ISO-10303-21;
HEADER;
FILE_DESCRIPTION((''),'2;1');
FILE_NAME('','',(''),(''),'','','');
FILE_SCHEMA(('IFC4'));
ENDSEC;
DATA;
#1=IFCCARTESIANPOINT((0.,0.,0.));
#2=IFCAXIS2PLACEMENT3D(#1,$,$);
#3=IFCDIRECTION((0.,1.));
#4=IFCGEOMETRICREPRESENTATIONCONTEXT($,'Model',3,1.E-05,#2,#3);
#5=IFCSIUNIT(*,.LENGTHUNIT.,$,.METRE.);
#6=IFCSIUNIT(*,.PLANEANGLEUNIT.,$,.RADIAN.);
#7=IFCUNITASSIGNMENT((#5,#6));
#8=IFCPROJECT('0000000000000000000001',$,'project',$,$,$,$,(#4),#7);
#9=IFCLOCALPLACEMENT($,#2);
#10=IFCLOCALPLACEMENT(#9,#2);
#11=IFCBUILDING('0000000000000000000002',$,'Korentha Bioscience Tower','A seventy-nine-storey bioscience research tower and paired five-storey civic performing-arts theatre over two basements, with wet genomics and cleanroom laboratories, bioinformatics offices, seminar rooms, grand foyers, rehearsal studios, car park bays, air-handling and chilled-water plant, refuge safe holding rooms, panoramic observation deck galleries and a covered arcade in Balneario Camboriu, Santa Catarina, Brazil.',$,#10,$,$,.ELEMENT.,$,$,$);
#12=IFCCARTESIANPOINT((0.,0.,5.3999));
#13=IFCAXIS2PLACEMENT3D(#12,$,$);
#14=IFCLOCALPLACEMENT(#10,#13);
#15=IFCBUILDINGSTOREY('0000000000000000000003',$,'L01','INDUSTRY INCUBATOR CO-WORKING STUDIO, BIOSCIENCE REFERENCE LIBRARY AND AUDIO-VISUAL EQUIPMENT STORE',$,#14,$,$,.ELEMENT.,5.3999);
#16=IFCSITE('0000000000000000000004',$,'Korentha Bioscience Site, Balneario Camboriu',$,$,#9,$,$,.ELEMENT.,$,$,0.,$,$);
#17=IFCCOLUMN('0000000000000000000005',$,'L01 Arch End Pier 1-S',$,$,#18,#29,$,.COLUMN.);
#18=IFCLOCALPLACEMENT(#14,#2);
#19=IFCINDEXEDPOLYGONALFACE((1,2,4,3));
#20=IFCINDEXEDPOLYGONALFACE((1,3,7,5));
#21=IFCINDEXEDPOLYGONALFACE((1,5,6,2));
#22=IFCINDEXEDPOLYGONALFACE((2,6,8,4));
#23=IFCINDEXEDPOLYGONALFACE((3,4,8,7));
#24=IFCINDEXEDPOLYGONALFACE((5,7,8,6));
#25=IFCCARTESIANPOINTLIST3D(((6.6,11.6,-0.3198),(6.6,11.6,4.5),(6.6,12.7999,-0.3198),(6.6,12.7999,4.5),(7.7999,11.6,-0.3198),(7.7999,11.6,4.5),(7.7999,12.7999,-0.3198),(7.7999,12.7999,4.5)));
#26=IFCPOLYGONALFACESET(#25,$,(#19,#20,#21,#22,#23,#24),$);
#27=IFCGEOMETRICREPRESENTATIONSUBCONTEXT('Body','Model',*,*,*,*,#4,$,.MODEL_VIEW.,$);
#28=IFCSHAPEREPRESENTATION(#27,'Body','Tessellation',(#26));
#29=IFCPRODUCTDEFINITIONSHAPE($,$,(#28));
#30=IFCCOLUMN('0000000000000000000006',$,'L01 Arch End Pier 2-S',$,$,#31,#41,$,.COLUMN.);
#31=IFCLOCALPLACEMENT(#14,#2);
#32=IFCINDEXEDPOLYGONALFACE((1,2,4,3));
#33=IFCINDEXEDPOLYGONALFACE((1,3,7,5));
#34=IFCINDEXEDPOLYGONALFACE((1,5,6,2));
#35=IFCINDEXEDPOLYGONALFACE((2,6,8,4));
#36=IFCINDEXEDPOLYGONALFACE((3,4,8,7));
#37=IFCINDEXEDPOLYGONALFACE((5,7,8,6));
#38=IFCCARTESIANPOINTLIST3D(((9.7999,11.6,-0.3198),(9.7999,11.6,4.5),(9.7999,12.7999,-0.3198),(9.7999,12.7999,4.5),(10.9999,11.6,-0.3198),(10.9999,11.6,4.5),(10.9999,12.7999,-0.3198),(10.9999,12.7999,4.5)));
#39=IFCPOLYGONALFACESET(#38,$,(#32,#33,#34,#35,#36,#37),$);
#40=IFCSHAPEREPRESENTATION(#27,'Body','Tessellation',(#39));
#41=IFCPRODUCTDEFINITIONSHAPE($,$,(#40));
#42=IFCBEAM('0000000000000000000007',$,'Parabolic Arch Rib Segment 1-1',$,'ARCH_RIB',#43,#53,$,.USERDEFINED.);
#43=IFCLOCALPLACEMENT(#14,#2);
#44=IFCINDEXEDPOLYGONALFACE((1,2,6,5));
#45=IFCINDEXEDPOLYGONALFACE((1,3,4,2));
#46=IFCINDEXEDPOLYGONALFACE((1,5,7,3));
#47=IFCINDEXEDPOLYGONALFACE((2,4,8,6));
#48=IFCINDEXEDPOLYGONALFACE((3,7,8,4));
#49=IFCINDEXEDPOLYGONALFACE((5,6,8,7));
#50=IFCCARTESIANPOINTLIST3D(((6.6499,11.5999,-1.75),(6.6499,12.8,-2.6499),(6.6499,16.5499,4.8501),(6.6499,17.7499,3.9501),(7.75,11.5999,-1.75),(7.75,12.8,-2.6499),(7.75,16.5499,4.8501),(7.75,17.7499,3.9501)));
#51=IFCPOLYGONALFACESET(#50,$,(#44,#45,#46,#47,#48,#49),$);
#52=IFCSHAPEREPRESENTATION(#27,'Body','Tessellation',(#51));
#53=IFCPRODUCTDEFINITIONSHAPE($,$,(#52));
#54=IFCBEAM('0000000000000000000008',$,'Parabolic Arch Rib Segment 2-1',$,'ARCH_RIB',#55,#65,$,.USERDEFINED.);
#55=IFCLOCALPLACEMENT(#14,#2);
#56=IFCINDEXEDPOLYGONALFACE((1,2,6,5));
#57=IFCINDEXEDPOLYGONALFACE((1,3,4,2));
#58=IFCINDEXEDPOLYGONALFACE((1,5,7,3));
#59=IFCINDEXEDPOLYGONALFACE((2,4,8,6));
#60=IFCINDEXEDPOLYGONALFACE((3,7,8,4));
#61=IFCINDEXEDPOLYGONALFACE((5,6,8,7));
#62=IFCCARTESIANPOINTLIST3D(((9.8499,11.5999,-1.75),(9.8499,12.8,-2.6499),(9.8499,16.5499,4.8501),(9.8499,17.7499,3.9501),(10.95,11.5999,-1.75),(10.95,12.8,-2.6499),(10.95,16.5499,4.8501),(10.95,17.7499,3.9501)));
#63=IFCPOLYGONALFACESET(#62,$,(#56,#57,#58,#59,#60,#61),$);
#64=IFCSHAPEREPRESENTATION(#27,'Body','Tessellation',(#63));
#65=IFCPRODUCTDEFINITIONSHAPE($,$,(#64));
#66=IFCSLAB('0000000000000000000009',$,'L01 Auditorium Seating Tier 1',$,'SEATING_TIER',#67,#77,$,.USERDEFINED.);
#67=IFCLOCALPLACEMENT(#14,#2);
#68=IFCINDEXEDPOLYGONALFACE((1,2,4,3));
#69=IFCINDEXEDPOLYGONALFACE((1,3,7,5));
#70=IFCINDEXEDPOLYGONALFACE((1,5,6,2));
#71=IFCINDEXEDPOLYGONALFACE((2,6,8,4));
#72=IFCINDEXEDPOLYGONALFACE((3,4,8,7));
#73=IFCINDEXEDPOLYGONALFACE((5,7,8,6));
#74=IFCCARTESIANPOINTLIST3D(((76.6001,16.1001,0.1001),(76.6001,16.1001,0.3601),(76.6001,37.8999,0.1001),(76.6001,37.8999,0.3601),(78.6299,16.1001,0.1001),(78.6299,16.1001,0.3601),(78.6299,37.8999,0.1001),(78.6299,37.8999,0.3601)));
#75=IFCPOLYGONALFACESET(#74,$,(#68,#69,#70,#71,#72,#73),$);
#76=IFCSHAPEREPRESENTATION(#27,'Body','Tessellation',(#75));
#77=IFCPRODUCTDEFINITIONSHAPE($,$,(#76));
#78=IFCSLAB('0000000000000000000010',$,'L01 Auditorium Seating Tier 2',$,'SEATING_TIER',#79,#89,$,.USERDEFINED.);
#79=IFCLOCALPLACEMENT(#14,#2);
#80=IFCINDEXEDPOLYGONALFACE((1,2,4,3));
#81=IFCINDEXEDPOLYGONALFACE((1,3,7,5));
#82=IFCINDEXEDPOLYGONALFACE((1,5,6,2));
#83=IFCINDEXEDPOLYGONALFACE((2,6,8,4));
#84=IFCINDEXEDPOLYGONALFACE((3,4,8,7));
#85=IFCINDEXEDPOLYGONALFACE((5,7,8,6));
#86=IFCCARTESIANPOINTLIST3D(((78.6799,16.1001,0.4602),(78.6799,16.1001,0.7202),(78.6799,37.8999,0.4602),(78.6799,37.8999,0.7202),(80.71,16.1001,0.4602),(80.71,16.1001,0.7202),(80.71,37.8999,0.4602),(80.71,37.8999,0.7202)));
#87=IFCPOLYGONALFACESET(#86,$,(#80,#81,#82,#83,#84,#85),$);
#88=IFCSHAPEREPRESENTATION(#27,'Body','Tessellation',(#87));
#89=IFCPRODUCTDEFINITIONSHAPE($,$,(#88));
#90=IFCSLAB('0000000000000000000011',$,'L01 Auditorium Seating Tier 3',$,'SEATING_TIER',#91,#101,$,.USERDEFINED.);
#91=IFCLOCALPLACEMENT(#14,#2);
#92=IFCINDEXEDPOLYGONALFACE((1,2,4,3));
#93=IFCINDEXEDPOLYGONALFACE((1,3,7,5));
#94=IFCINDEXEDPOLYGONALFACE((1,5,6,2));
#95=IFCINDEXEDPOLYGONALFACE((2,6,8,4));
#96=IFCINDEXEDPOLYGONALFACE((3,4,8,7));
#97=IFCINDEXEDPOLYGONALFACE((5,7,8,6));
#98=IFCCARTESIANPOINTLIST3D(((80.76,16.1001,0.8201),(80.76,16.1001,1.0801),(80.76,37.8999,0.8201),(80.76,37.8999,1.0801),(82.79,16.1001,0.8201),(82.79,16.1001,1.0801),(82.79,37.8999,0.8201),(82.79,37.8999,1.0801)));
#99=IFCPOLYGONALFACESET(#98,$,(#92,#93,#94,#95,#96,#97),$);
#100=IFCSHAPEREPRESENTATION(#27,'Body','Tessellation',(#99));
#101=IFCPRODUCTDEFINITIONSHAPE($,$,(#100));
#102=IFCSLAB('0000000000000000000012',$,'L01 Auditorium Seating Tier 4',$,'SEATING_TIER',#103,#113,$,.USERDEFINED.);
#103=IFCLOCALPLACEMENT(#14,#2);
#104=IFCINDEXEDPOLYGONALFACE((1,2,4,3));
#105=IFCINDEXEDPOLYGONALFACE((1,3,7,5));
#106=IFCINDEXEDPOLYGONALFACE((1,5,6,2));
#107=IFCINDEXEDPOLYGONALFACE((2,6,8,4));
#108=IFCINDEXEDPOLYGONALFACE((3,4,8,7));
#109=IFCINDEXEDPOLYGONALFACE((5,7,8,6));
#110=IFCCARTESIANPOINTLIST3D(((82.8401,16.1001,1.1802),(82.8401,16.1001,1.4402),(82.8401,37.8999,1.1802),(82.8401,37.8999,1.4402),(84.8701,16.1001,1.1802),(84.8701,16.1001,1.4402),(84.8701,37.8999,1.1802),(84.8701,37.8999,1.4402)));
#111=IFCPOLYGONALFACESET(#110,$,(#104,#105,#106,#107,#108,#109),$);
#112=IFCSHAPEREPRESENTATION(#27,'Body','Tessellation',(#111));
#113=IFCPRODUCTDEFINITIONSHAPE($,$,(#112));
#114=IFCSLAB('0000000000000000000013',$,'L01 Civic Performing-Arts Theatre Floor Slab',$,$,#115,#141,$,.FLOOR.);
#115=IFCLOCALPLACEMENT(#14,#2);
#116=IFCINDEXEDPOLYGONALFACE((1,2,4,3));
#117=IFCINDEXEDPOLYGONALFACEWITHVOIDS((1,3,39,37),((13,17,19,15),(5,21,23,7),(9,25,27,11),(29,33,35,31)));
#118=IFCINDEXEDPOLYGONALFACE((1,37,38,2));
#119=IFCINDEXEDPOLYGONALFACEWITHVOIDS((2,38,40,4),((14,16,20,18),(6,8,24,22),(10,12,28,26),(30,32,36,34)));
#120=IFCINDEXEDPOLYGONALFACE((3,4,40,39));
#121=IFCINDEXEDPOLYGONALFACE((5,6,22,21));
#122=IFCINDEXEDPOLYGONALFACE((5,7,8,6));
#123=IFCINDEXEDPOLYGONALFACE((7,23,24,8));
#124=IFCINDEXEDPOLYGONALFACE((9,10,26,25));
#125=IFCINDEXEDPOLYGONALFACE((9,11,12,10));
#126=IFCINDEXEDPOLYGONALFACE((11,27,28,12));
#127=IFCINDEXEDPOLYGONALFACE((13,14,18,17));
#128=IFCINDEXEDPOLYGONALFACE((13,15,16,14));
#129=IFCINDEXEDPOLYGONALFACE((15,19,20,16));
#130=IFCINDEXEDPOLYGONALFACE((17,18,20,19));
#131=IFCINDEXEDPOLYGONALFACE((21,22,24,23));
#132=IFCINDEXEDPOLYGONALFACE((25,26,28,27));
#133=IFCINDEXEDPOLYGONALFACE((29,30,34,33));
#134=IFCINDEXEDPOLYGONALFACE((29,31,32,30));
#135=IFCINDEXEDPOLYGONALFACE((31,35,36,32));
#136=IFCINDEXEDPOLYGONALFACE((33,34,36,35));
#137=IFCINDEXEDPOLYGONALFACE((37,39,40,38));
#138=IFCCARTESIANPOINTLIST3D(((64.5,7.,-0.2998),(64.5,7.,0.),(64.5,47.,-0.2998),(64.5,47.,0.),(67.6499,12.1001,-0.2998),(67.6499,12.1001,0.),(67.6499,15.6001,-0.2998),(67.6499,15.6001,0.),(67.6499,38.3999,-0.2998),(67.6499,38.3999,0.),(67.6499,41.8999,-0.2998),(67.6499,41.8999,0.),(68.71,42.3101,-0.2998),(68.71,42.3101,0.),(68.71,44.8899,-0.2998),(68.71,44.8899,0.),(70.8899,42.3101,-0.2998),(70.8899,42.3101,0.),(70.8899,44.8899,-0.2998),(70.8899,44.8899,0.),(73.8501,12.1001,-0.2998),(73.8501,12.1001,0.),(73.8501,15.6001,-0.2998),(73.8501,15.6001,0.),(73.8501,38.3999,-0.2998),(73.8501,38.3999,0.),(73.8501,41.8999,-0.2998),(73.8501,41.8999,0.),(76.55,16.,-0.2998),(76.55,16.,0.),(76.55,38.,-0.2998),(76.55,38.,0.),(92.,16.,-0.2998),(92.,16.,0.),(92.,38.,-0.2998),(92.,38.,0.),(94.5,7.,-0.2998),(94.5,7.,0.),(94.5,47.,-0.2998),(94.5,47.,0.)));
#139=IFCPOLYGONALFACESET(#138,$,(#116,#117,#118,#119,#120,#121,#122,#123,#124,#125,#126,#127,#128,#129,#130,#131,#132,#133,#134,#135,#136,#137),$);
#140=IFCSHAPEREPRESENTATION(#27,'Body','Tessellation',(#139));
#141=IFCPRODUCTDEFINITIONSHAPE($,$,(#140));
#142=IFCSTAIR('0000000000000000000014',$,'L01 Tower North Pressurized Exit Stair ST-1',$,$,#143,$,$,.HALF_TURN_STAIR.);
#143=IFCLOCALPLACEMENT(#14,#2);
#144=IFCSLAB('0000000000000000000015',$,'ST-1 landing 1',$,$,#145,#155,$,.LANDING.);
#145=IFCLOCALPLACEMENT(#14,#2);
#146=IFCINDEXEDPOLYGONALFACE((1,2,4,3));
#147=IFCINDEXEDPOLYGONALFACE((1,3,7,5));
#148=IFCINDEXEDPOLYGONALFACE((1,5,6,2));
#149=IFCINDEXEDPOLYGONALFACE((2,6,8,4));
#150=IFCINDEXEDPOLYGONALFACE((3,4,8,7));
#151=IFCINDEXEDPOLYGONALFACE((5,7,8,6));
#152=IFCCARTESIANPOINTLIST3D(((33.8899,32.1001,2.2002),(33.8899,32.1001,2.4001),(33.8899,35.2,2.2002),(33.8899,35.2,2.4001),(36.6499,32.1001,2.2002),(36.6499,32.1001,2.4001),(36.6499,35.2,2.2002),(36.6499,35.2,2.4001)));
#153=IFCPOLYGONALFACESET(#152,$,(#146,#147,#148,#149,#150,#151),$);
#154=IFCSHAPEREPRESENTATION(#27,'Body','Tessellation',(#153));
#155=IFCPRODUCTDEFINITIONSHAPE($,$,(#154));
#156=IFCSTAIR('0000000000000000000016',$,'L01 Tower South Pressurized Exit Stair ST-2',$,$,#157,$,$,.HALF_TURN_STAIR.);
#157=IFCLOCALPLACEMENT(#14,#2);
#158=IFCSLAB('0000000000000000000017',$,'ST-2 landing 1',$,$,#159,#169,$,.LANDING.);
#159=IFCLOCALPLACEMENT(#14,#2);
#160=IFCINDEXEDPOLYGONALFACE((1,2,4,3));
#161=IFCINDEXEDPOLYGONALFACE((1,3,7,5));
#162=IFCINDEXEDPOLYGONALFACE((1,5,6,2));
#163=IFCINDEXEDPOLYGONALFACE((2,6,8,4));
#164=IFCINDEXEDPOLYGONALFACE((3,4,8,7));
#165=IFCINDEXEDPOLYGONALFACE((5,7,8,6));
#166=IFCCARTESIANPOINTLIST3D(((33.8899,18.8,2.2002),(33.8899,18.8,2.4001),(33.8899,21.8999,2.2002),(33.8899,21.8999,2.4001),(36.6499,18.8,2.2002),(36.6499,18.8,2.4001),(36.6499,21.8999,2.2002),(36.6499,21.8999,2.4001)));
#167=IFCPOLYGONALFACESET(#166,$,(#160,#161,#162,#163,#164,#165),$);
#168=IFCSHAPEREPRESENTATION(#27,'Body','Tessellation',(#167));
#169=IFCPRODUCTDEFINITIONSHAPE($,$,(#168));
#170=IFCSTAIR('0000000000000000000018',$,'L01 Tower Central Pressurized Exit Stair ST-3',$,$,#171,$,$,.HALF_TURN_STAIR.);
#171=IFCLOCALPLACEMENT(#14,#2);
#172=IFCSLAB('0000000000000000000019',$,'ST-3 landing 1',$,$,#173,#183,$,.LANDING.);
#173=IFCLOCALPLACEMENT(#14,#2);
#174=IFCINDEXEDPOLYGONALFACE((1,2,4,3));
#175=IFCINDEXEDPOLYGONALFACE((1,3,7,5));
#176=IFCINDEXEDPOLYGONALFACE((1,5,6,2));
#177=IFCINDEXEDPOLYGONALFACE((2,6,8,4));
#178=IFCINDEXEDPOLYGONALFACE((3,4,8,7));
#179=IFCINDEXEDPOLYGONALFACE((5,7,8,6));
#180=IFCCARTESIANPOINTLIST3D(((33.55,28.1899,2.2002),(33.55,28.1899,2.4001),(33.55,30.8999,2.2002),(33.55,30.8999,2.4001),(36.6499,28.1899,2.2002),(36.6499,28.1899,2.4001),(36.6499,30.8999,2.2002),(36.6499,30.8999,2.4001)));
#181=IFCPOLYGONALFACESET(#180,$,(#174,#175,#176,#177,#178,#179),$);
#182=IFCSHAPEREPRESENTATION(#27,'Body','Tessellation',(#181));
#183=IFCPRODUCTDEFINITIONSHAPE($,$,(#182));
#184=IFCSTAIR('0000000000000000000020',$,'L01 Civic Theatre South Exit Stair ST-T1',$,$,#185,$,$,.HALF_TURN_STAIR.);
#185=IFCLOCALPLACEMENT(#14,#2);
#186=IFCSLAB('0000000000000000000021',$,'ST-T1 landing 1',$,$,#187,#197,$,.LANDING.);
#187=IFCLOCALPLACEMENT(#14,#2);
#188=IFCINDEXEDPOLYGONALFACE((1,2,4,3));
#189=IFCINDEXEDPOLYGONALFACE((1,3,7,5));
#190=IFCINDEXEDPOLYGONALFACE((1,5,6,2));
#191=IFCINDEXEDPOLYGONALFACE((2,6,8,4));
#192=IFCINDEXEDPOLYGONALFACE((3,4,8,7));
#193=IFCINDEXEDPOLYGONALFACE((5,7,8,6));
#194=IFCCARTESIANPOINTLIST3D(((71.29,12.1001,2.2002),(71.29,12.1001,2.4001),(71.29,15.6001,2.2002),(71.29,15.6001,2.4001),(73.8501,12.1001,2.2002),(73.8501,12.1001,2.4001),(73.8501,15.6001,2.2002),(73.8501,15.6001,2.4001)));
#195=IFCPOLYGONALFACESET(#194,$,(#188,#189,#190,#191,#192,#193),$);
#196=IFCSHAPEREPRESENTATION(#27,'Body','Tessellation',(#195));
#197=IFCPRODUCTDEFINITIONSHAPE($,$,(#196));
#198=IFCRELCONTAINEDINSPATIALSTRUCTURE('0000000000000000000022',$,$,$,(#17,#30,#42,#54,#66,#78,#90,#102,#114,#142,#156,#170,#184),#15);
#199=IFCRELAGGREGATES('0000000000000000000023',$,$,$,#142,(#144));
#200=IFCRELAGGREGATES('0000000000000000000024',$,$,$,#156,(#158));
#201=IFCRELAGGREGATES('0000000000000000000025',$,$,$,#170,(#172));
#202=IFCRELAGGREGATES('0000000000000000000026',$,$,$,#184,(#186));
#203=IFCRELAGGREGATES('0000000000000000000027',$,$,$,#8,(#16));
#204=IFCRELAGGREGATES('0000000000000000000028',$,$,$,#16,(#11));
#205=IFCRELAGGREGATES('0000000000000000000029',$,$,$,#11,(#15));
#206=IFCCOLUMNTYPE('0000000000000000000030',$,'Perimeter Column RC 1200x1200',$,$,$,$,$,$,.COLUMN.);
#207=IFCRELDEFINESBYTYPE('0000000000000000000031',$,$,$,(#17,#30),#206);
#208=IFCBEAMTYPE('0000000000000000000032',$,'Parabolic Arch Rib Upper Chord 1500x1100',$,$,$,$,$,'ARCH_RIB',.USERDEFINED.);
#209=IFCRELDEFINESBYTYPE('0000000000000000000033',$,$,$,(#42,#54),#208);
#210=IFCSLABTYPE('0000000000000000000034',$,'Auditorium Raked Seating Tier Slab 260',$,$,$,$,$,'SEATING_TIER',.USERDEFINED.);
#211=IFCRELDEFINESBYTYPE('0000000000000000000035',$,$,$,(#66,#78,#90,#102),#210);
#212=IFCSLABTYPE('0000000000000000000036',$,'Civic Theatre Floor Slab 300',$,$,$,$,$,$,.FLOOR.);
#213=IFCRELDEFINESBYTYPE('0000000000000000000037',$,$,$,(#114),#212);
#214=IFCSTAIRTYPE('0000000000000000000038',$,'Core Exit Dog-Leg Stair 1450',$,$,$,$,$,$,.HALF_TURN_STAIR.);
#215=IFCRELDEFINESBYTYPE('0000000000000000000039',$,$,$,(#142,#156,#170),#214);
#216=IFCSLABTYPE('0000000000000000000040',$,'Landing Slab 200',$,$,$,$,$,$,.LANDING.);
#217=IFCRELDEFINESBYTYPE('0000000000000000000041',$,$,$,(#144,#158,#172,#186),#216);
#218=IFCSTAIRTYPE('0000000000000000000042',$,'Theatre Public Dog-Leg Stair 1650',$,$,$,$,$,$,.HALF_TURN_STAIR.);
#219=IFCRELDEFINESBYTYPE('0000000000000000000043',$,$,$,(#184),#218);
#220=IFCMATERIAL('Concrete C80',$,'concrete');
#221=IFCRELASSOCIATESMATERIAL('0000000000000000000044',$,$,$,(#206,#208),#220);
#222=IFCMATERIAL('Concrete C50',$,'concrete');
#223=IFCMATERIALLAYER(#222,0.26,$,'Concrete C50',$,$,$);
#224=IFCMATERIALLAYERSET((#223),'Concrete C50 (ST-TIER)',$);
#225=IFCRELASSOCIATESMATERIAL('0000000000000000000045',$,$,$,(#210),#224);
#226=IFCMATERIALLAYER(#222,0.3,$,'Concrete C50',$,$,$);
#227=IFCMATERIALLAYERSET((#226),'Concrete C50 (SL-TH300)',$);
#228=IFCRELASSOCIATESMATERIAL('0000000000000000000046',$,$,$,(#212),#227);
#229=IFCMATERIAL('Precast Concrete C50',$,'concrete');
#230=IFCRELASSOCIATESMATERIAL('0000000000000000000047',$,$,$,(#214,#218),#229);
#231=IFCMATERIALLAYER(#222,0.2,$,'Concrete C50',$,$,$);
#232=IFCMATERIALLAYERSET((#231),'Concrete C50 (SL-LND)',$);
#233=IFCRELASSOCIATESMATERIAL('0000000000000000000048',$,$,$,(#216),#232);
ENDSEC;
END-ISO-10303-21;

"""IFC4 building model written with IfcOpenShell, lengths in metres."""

from ifc_helpers import new_model, si_unit, direction, frame, origin, origin_2d, place, context, subcontext, project, spatial, polyline, rectangle, outline, extrude, material, layer, layer_set, material_profile, profile_set, type_object, element, aggregate, save


model = new_model("IFC4")

# Units and contexts
model_context = context("Model", 3, precision=1e-05, world=origin(), true_north=direction((0.0, 1.0)))
body_context = subcontext(model_context, "Body", "Model", "MODEL_VIEW")
ifc_project = project(units=[si_unit("LENGTHUNIT", "METRE"), si_unit("PLANEANGLEUNIT", "RADIAN")], contexts=[model_context])

# Site, building, storey
site_placement = place(None, origin())
site = spatial("IfcSite", under=ifc_project, at=site_placement, Name="Korentha Bioscience Site, Balneario Camboriu", CompositionType="ELEMENT", RefElevation=0.0)
building_placement = place(site_placement, origin())
building = spatial("IfcBuilding", under=site, at=building_placement, Name="Korentha Bioscience Tower", Description="A seventy-nine-storey bioscience research tower and paired five-storey civic performing-arts theatre over two basements, with wet genomics and cleanroom laboratories, bioinformatics offices, seminar rooms, grand foyers, rehearsal studios, car park bays, air-handling and chilled-water plant, refuge safe holding rooms, panoramic observation deck galleries and a covered arcade in Balneario Camboriu, Santa Catarina, Brazil.", CompositionType="ELEMENT")
storey_placement = place(building_placement, frame((0.0, 0.0, 5.3999)))
storey = spatial("IfcBuildingStorey", under=building, at=storey_placement, Name="L01", Description="INDUSTRY INCUBATOR CO-WORKING STUDIO, BIOSCIENCE REFERENCE LIBRARY AND AUDIO-VISUAL EQUIPMENT STORE", CompositionType="ELEMENT", Elevation=5.3999)

# Columns
ifc_material_1 = material(Name="Concrete C80", Category="concrete")
ifc_material_profile_1 = material_profile(ifc_material_1, rectangle(XDim=1.2, YDim=1.2, at=origin_2d()), Name="Concrete C80")
ifc_profile_set_1 = profile_set([ifc_material_profile_1], Name="Concrete C80 (COL-P12)")
column_type = type_object("IfcColumnType", Name="Perimeter Column RC 1200x1200", PredefinedType="COLUMN", material=ifc_profile_set_1)
for number, where, z_axis, x_axis, name in (
    (1, (7.2, 12.2, -0.3198), (0.0, 0.0, 1.0), (1.0, 0.0, 0.0), "L01 Arch End Pier 1-S"),
    (2, (10.3999, 12.2, -0.3198), (0.0, 0.0, 1.0), (1.0, 0.0, 0.0), "L01 Arch End Pier 2-S"),
):
    element("IfcColumn", number, at=place(storey_placement, frame(where, z_axis=z_axis, x_axis=x_axis)), inside=storey, type_object=column_type, Name=name, PredefinedType="COLUMN", context=body_context, shape_type="SweptSolid", body=[
        extrude(rectangle(XDim=1.2, YDim=1.2, at=origin_2d()), origin(), (0.0, 0.0, 1.0), 4.8198),
    ])

# Beams
ifc_material_profile_2 = material_profile(ifc_material_1, rectangle(XDim=1.1001, YDim=1.5, at=origin_2d()), Name="Concrete C80")
ifc_profile_set_2 = profile_set([ifc_material_profile_2], Name="Concrete C80 (AR-B1)")
beam_type = type_object("IfcBeamType", Name="Parabolic Arch Rib Upper Chord 1500x1100", ElementType="ARCH_RIB", PredefinedType="USERDEFINED", material=ifc_profile_set_2)
for number, where, z_axis, x_axis, name in (
    (3, (7.2, 12.2, -2.2), (0.0, 0.599991, 0.800007), (-1.0, 0.0, 0.0), "Parabolic Arch Rib Segment 1-1"),
    (4, (10.3999, 12.2, -2.2), (0.0, 0.599991, 0.800007), (-1.0, 0.0, 0.0), "Parabolic Arch Rib Segment 2-1"),
):
    element("IfcBeam", number, at=place(storey_placement, frame(where, z_axis=z_axis, x_axis=x_axis)), inside=storey, type_object=beam_type, Name=name, ObjectType="ARCH_RIB", PredefinedType="USERDEFINED", context=body_context, shape_type="SweptSolid", body=[
        extrude(rectangle(XDim=1.1001, YDim=1.5, at=origin_2d()), origin(), (0.0, 0.0, 1.0), 8.25),
    ])

# Slabs
ifc_material_2 = material(Name="Concrete C50", Category="concrete")
ifc_layer_1 = layer(ifc_material_2, 0.26, Name="Concrete C50")
ifc_layer_set_1 = layer_set([ifc_layer_1], Name="Concrete C50 (ST-TIER)")
slab_type_1 = type_object("IfcSlabType", Name="Auditorium Raked Seating Tier Slab 260", ElementType="SEATING_TIER", PredefinedType="USERDEFINED", material=ifc_layer_set_1)
slab_1_placement = place(storey_placement, frame((0.0, 0.0, 0.1001)))
element("IfcSlab", 5, at=slab_1_placement, inside=storey, type_object=slab_type_1, Name="L01 Auditorium Seating Tier 1", ObjectType="SEATING_TIER", PredefinedType="USERDEFINED", context=body_context, shape_type="SweptSolid", body=[
    extrude(outline(polyline([(76.6001, 16.1001), (78.6299, 16.1001), (78.6299, 37.8999), (76.6001, 37.8999), (76.6001, 16.1001)])), origin(), (0.0, 0.0, 1.0), 0.26),
])
slab_2_placement = place(storey_placement, frame((0.0, 0.0, 0.4602)))
element("IfcSlab", 6, at=slab_2_placement, inside=storey, type_object=slab_type_1, Name="L01 Auditorium Seating Tier 2", ObjectType="SEATING_TIER", PredefinedType="USERDEFINED", context=body_context, shape_type="SweptSolid", body=[
    extrude(outline(polyline([(78.6799, 16.1001), (80.71, 16.1001), (80.71, 37.8999), (78.6799, 37.8999), (78.6799, 16.1001)])), origin(), (0.0, 0.0, 1.0), 0.26),
])
slab_3_placement = place(storey_placement, frame((0.0, 0.0, 0.8201)))
element("IfcSlab", 7, at=slab_3_placement, inside=storey, type_object=slab_type_1, Name="L01 Auditorium Seating Tier 3", ObjectType="SEATING_TIER", PredefinedType="USERDEFINED", context=body_context, shape_type="SweptSolid", body=[
    extrude(outline(polyline([(80.76, 16.1001), (82.79, 16.1001), (82.79, 37.8999), (80.76, 37.8999), (80.76, 16.1001)])), origin(), (0.0, 0.0, 1.0), 0.26),
])
slab_4_placement = place(storey_placement, frame((0.0, 0.0, 1.1802)))
element("IfcSlab", 8, at=slab_4_placement, inside=storey, type_object=slab_type_1, Name="L01 Auditorium Seating Tier 4", ObjectType="SEATING_TIER", PredefinedType="USERDEFINED", context=body_context, shape_type="SweptSolid", body=[
    extrude(outline(polyline([(82.8401, 16.1001), (84.8701, 16.1001), (84.8701, 37.8999), (82.8401, 37.8999), (82.8401, 16.1001)])), origin(), (0.0, 0.0, 1.0), 0.26),
])
ifc_layer_2 = layer(ifc_material_2, 0.3, Name="Concrete C50")
ifc_layer_set_2 = layer_set([ifc_layer_2], Name="Concrete C50 (SL-TH300)")
slab_type_2 = type_object("IfcSlabType", Name="Civic Theatre Floor Slab 300", PredefinedType="FLOOR", material=ifc_layer_set_2)
slab_5_placement = place(storey_placement, frame((0.0, 0.0, -0.2998)))
element("IfcSlab", 9, at=slab_5_placement, inside=storey, type_object=slab_type_2, Name="L01 Civic Performing-Arts Theatre Floor Slab", PredefinedType="FLOOR", context=body_context, shape_type="SweptSolid", body=[
    extrude(outline(polyline([(64.5, 7.0), (94.5, 7.0), (94.5, 47.0), (64.5, 47.0), (64.5, 7.0)]), holes=[polyline([(67.6499, 12.1001), (73.8501, 12.1001), (73.8501, 15.6001), (67.6499, 15.6001), (67.6499, 12.1001)]), polyline([(67.6499, 38.3999), (73.8501, 38.3999), (73.8501, 41.8999), (67.6499, 41.8999), (67.6499, 38.3999)]), polyline([(68.71, 42.3101), (70.8899, 42.3101), (70.8899, 44.8899), (68.71, 44.8899), (68.71, 42.3101)]), polyline([(76.55, 16.0), (92.0, 16.0), (92.0, 38.0), (76.55, 38.0), (76.55, 16.0)])]), origin(), (0.0, 0.0, 1.0), 0.2998),
])

# Stairs, slabs
ifc_material_3 = material(Name="Precast Concrete C50", Category="concrete")
stair_type_1 = type_object("IfcStairType", Name="Core Exit Dog-Leg Stair 1450", PredefinedType="HALF_TURN_STAIR", material=ifc_material_3)
stair_1_placement = place(storey_placement, origin())
stair_1 = element("IfcStair", 10, at=stair_1_placement, inside=storey, type_object=stair_type_1, Name="L01 Tower North Pressurized Exit Stair ST-1", PredefinedType="HALF_TURN_STAIR")
ifc_layer_3 = layer(ifc_material_2, 0.2, Name="Concrete C50")
ifc_layer_set_3 = layer_set([ifc_layer_3], Name="Concrete C50 (SL-LND)")
slab_type_3 = type_object("IfcSlabType", Name="Landing Slab 200", PredefinedType="LANDING", material=ifc_layer_set_3)
slab_6_placement = place(storey_placement, frame((0.0, 0.0, 2.2002)))
slab_6 = element("IfcSlab", 11, at=slab_6_placement, type_object=slab_type_3, Name="ST-1 landing 1", PredefinedType="LANDING", context=body_context, shape_type="SweptSolid", body=[
    extrude(outline(polyline([(33.8899, 32.1001), (36.6499, 32.1001), (36.6499, 35.2), (33.8899, 35.2), (33.8899, 32.1001)])), origin(), (0.0, 0.0, 1.0), 0.2),
])
aggregate(stair_1, [slab_6])
stair_2_placement = place(storey_placement, origin())
stair_2 = element("IfcStair", 12, at=stair_2_placement, inside=storey, type_object=stair_type_1, Name="L01 Tower South Pressurized Exit Stair ST-2", PredefinedType="HALF_TURN_STAIR")
slab_7_placement = place(storey_placement, frame((0.0, 0.0, 2.2002)))
slab_7 = element("IfcSlab", 13, at=slab_7_placement, type_object=slab_type_3, Name="ST-2 landing 1", PredefinedType="LANDING", context=body_context, shape_type="SweptSolid", body=[
    extrude(outline(polyline([(33.8899, 18.8), (36.6499, 18.8), (36.6499, 21.8999), (33.8899, 21.8999), (33.8899, 18.8)])), origin(), (0.0, 0.0, 1.0), 0.2),
])
aggregate(stair_2, [slab_7])
stair_3_placement = place(storey_placement, origin())
stair_3 = element("IfcStair", 14, at=stair_3_placement, inside=storey, type_object=stair_type_1, Name="L01 Tower Central Pressurized Exit Stair ST-3", PredefinedType="HALF_TURN_STAIR")
slab_8_placement = place(storey_placement, frame((0.0, 0.0, 2.2002)))
slab_8 = element("IfcSlab", 15, at=slab_8_placement, type_object=slab_type_3, Name="ST-3 landing 1", PredefinedType="LANDING", context=body_context, shape_type="SweptSolid", body=[
    extrude(outline(polyline([(36.6499, 28.1899), (36.6499, 30.8999), (33.55, 30.8999), (33.55, 28.1899), (36.6499, 28.1899)])), origin(), (0.0, 0.0, 1.0), 0.2),
])
aggregate(stair_3, [slab_8])
stair_type_2 = type_object("IfcStairType", Name="Theatre Public Dog-Leg Stair 1650", PredefinedType="HALF_TURN_STAIR", material=ifc_material_3)
stair_4_placement = place(storey_placement, origin())
stair_4 = element("IfcStair", 16, at=stair_4_placement, inside=storey, type_object=stair_type_2, Name="L01 Civic Theatre South Exit Stair ST-T1", PredefinedType="HALF_TURN_STAIR")
slab_9_placement = place(storey_placement, frame((0.0, 0.0, 2.2002)))
slab_9 = element("IfcSlab", 17, at=slab_9_placement, type_object=slab_type_3, Name="ST-T1 landing 1", PredefinedType="LANDING", context=body_context, shape_type="SweptSolid", body=[
    extrude(outline(polyline([(71.29, 12.1001), (73.8501, 12.1001), (73.8501, 15.6001), (71.29, 15.6001), (71.29, 12.1001)])), origin(), (0.0, 0.0, 1.0), 0.2),
])
aggregate(stair_4, [slab_9])

save(model, "model.ifc")
